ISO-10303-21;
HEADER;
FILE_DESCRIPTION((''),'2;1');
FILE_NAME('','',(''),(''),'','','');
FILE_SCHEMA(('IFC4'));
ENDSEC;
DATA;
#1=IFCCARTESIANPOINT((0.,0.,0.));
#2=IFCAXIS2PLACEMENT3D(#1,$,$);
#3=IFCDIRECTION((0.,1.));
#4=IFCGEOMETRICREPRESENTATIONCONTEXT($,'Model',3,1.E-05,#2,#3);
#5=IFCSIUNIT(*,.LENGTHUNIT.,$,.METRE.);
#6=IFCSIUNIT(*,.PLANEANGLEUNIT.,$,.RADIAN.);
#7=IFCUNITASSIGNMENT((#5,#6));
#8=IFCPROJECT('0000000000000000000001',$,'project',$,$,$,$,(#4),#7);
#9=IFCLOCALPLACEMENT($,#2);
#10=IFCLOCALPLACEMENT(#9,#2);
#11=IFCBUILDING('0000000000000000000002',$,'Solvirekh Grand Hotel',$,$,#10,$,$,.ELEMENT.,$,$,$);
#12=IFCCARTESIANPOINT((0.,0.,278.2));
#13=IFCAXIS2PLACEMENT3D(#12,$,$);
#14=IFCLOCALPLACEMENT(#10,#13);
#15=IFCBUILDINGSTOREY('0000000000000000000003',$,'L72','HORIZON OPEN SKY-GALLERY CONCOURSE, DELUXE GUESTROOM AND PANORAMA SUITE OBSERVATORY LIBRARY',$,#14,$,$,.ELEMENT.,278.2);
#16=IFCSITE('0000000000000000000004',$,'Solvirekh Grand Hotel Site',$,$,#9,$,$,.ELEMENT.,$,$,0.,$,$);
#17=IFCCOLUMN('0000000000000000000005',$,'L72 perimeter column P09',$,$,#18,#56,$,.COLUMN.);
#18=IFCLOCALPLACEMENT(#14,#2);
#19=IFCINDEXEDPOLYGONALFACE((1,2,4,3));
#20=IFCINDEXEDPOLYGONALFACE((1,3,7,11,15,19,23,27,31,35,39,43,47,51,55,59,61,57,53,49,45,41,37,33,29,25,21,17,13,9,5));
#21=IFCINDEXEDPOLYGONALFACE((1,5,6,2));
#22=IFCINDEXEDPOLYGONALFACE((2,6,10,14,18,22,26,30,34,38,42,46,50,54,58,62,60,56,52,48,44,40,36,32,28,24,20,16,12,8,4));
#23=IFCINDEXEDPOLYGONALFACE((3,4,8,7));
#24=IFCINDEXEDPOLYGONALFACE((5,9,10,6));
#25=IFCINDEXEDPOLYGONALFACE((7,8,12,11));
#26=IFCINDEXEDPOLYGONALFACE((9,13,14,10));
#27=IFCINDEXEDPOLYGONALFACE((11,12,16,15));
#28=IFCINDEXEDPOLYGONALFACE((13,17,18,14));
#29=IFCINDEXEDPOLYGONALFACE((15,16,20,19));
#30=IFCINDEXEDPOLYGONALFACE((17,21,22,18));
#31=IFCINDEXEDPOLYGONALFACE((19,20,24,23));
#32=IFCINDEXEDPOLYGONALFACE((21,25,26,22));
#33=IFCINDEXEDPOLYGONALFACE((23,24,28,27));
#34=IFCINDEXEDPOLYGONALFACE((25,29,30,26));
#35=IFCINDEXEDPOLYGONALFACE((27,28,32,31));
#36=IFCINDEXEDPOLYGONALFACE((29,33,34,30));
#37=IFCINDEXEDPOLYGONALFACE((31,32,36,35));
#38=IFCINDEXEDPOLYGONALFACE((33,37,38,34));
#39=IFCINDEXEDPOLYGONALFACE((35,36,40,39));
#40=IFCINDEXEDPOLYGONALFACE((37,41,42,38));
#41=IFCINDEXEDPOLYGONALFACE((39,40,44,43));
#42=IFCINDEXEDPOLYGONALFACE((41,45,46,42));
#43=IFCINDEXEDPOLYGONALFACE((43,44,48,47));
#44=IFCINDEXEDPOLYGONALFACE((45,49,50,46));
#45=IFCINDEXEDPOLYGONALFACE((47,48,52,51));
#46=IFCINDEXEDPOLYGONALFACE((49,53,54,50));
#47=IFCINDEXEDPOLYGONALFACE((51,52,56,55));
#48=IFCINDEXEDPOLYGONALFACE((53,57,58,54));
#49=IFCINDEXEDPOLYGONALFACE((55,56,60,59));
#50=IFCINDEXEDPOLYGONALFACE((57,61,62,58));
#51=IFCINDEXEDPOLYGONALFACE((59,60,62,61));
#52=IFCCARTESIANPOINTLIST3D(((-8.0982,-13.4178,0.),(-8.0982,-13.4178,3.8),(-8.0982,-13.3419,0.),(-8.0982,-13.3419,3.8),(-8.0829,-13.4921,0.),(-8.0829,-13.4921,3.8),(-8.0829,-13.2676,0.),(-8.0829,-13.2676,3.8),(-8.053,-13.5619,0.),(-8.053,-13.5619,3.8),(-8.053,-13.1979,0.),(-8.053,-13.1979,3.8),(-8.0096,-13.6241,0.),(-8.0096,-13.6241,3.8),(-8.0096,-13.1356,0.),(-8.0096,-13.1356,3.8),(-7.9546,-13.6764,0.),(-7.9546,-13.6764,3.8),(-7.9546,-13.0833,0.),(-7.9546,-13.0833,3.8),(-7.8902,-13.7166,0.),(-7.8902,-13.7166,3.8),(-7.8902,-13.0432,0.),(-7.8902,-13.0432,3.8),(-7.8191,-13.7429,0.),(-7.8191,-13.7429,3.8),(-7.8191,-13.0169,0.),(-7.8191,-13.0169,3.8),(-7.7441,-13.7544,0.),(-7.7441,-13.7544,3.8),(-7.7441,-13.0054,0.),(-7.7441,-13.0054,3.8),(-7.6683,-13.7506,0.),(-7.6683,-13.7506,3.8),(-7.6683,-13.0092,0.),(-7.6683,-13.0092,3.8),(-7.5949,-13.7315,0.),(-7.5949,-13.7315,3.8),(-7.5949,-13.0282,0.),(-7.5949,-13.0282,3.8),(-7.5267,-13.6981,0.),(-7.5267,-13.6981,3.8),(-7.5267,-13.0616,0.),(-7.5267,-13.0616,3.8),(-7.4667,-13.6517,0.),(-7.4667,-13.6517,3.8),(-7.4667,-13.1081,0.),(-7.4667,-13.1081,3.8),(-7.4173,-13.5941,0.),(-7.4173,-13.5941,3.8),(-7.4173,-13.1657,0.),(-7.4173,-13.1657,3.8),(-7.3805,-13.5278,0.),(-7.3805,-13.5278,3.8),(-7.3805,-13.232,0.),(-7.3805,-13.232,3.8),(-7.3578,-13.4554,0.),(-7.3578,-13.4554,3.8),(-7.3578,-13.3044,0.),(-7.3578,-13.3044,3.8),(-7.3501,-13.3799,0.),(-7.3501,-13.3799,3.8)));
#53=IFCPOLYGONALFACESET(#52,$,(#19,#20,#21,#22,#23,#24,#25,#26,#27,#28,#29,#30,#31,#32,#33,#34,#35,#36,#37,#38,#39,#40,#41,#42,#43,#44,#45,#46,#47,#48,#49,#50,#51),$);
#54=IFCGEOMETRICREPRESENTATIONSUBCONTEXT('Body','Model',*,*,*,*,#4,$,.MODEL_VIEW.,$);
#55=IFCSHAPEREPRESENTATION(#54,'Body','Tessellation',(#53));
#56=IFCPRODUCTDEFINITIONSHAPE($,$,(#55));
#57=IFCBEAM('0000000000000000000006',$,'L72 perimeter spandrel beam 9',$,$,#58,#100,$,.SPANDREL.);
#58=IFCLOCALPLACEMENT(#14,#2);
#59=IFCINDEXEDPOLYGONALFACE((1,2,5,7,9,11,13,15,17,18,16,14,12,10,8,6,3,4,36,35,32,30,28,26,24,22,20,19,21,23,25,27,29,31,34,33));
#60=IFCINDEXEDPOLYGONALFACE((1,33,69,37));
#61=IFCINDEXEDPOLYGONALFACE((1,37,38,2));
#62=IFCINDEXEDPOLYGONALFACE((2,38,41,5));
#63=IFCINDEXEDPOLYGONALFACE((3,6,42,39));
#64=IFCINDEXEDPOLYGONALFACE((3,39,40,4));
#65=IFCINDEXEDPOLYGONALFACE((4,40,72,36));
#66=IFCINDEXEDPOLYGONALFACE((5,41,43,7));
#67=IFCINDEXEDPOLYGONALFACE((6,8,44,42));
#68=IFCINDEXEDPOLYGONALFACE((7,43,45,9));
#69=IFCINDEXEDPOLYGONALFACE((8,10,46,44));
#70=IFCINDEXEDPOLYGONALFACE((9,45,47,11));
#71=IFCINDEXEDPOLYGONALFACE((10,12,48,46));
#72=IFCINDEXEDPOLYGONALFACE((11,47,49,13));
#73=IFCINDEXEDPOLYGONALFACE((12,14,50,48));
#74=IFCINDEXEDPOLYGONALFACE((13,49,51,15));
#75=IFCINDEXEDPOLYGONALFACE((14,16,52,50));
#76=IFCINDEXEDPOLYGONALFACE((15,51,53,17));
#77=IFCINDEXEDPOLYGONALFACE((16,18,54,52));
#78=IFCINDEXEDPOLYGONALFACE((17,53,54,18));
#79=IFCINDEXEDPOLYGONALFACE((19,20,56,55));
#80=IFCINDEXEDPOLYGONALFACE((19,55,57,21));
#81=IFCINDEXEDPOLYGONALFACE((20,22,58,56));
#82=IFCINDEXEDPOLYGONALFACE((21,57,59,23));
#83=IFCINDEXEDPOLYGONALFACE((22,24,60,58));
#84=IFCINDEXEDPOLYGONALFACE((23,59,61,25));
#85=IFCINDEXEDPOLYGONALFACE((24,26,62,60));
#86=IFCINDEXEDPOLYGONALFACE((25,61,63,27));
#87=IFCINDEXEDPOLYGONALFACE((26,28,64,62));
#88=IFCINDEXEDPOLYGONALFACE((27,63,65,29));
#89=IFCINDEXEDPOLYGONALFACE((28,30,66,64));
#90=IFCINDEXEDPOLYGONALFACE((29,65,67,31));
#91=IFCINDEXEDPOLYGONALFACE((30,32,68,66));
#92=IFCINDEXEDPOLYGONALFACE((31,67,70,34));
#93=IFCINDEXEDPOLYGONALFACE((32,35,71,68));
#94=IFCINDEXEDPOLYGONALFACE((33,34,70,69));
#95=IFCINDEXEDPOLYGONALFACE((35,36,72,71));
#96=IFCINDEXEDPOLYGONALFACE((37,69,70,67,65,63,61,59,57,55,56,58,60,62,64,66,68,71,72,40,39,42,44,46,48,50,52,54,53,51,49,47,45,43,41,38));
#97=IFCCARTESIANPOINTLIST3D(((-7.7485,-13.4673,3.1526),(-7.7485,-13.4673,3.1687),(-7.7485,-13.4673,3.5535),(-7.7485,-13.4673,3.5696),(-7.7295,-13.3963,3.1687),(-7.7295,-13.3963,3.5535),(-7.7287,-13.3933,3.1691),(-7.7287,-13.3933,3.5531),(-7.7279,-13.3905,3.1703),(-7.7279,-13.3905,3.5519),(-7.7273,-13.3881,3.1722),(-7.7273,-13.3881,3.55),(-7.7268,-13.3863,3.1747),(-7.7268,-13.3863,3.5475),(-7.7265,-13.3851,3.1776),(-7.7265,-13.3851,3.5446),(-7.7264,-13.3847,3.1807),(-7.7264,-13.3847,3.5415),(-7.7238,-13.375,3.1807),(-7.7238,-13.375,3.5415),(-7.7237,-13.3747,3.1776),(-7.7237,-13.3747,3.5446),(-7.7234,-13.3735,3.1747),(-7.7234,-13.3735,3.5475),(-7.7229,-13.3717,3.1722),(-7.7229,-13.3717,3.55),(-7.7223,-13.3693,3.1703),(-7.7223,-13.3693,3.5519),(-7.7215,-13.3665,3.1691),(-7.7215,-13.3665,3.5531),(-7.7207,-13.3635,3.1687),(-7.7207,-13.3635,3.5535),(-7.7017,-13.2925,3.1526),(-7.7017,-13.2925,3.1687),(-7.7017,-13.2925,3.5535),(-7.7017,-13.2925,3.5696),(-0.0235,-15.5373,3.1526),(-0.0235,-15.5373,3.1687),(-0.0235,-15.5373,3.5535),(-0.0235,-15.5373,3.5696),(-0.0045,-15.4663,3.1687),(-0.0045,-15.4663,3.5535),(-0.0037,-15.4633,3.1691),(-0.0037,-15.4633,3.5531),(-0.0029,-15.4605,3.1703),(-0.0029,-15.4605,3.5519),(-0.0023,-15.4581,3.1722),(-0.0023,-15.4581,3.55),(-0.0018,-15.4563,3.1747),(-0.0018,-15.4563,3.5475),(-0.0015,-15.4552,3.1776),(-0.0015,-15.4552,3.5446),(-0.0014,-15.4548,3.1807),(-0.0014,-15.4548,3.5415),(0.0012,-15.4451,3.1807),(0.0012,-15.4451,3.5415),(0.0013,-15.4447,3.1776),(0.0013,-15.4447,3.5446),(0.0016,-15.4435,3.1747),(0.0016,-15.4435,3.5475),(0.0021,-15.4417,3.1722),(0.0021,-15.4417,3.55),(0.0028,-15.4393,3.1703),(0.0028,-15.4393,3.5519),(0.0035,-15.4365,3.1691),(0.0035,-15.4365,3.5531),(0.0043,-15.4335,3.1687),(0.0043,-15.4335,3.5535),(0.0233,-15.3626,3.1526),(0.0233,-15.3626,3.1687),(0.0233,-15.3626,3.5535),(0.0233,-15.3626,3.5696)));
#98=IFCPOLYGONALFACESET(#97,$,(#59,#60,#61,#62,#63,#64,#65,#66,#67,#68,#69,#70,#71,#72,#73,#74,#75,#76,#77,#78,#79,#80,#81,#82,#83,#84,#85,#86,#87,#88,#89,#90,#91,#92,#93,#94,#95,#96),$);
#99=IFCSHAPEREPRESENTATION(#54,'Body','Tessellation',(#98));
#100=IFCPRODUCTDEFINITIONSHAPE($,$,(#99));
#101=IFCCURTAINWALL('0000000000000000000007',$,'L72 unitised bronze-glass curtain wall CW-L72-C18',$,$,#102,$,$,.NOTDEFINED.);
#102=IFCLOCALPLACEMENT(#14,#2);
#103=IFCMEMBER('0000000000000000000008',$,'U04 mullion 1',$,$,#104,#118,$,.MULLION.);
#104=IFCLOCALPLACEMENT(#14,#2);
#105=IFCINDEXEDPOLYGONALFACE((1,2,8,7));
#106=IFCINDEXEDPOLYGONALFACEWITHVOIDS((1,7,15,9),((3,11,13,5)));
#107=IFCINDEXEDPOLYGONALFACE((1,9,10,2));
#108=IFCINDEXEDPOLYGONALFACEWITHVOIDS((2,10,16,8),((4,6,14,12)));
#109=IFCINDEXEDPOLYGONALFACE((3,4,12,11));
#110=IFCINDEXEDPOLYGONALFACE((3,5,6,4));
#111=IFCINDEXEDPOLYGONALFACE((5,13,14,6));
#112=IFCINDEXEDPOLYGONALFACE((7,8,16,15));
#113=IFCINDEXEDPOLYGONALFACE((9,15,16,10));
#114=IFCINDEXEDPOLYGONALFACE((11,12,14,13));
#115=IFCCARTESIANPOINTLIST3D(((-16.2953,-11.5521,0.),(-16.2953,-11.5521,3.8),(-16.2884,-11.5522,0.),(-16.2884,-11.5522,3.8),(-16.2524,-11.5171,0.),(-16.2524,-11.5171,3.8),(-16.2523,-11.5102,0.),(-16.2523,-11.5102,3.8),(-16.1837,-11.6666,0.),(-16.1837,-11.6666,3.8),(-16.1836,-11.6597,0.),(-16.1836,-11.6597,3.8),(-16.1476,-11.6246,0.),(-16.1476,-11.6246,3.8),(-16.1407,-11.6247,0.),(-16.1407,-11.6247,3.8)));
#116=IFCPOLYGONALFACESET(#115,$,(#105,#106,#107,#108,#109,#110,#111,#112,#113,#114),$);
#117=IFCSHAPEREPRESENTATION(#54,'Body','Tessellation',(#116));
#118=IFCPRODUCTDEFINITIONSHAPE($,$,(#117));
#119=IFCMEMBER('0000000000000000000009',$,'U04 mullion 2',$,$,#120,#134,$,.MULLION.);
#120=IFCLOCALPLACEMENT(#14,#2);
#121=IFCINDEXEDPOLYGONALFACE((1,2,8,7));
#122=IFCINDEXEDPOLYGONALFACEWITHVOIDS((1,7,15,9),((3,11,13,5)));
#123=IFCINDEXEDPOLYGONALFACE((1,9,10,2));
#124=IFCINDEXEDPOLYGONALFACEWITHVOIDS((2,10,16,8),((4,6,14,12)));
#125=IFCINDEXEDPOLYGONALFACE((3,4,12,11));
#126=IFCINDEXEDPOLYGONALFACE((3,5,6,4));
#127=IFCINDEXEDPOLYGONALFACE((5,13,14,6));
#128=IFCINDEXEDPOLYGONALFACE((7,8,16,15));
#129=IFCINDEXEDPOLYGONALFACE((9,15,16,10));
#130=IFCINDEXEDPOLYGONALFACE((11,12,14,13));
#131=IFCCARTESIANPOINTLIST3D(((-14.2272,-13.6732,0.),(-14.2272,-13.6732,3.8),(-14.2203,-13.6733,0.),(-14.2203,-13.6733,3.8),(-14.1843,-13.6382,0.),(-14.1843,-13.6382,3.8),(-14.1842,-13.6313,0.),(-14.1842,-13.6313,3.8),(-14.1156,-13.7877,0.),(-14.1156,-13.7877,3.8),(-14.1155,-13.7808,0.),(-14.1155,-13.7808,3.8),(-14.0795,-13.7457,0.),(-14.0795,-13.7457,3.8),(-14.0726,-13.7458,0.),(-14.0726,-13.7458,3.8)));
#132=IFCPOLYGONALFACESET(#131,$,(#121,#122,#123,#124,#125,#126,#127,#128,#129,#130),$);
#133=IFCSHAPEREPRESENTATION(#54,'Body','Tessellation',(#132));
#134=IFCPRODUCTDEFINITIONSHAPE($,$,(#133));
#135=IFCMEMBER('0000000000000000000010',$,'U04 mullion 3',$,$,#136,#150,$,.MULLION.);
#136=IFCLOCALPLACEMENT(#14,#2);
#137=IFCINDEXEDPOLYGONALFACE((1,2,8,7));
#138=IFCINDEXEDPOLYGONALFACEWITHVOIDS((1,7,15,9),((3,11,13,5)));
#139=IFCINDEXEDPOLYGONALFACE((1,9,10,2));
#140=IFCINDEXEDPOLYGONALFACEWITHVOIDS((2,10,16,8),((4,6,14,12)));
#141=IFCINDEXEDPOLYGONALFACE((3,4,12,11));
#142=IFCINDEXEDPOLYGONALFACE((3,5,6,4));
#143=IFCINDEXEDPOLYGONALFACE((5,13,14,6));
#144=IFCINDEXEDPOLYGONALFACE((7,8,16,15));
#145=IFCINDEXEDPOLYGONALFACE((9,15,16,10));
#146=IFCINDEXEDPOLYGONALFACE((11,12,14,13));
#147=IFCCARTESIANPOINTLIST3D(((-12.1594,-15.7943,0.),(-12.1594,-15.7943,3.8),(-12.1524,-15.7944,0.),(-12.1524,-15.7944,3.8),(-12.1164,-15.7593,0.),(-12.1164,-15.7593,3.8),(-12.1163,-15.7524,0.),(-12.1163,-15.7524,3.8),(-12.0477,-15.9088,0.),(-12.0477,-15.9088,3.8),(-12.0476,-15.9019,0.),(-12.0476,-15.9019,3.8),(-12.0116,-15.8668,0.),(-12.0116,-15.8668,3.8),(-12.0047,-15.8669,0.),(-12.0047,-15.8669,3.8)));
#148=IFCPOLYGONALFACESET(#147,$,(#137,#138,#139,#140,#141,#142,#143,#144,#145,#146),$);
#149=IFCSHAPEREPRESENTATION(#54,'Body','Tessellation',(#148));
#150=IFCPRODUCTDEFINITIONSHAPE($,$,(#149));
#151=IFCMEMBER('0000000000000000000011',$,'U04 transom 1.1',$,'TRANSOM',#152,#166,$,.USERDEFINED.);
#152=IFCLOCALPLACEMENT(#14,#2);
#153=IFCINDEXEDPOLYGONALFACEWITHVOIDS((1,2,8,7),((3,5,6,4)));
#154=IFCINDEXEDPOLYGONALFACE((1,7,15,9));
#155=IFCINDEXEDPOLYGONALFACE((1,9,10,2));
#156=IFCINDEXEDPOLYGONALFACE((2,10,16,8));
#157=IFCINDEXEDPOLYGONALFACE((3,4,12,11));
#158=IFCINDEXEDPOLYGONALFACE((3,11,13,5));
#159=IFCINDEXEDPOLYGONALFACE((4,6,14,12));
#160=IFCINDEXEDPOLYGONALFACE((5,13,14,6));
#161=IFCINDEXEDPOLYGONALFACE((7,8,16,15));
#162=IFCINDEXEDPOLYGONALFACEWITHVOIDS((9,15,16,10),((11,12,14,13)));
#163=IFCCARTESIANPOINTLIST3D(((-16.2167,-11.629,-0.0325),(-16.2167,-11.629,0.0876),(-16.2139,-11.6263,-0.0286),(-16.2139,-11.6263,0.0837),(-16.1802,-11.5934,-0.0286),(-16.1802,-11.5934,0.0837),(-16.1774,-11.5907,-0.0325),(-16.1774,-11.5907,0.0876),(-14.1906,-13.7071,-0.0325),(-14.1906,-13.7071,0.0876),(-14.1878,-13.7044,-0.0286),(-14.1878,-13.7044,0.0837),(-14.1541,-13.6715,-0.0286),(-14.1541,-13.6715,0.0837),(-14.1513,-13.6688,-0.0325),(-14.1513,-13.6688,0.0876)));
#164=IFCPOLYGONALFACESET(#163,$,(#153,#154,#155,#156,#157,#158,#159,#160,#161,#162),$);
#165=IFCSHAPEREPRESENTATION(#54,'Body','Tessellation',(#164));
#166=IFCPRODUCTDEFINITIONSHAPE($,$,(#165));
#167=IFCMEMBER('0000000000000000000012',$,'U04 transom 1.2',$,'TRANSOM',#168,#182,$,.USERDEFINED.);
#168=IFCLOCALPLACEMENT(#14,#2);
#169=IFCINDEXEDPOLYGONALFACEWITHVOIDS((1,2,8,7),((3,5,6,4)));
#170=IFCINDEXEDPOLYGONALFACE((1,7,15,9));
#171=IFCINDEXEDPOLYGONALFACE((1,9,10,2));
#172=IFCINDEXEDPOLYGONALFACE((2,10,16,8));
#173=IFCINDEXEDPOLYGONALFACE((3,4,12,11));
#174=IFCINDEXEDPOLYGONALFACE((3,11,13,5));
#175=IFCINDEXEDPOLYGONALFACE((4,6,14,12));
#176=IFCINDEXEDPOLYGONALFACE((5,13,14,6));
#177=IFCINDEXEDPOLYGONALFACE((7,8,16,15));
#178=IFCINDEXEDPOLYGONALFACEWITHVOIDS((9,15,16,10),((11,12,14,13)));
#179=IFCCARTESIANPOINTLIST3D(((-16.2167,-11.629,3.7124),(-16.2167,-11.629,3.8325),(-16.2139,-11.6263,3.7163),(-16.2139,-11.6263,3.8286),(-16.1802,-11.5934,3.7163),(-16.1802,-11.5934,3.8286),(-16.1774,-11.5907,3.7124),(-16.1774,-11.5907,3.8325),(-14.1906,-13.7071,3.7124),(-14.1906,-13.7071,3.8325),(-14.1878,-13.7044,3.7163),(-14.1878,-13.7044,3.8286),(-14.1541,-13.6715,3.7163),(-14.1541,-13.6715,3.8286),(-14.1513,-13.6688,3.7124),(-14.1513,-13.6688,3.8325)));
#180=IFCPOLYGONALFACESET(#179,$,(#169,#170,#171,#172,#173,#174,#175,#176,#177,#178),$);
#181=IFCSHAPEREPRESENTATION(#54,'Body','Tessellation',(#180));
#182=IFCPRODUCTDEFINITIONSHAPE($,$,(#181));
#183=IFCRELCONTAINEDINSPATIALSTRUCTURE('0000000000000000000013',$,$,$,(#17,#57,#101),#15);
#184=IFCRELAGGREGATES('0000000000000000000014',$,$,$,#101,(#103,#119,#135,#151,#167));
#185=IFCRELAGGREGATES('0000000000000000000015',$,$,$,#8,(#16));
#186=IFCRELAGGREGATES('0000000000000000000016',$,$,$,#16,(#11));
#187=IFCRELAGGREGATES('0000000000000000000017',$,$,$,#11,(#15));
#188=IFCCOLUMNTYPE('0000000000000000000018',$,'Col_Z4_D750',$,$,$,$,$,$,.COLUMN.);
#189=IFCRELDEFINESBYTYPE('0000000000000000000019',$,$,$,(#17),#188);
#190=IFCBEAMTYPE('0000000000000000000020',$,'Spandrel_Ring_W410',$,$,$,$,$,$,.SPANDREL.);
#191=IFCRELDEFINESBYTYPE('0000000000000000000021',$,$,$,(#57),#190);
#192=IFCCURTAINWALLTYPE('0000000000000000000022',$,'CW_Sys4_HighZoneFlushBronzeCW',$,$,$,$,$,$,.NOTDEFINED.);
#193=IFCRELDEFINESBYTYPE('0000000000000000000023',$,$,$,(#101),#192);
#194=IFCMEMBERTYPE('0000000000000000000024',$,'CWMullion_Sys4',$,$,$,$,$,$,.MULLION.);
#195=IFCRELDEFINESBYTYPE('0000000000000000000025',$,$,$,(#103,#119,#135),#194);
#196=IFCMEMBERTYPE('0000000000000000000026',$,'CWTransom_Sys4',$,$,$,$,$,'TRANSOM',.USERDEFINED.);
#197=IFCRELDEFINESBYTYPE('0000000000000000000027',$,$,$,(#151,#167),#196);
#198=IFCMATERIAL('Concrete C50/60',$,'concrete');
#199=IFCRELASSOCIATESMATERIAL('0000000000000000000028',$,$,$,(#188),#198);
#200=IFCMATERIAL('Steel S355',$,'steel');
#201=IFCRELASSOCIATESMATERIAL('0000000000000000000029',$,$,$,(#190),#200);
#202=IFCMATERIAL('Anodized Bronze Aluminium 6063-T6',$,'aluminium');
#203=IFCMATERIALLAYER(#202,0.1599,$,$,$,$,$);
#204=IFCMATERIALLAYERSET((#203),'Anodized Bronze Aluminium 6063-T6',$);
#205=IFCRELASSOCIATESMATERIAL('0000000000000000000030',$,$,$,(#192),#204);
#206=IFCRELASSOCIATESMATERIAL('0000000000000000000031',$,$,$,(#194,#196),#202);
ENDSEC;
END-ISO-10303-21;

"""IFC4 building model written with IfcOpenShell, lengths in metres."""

from ifc_helpers import new_model, si_unit, direction, frame, origin, origin_2d, place, context, subcontext, project, spatial, hollow_rectangle, circle, i_section, extrude, source, transform, mapped, material, layer, layer_set, material_profile, profile_set, type_object, element, aggregate, save


model = new_model("IFC4")

# Units and contexts
model_context = context("Model", 3, precision=1e-05, world=origin(), true_north=direction((0.0, 1.0)))
body_context = subcontext(model_context, "Body", "Model", "MODEL_VIEW")
ifc_project = project(units=[si_unit("LENGTHUNIT", "METRE"), si_unit("PLANEANGLEUNIT", "RADIAN")], contexts=[model_context])

# Site, building, storey
site_placement = place(None, origin())
site = spatial("IfcSite", under=ifc_project, at=site_placement, Name="Solvirekh Grand Hotel Site", CompositionType="ELEMENT", RefElevation=0.0)
building_placement = place(site_placement, origin())
building = spatial("IfcBuilding", under=site, at=building_placement, Name="Solvirekh Grand Hotel", CompositionType="ELEMENT")
storey_placement = place(building_placement, frame((0.0, 0.0, 278.2)))
storey = spatial("IfcBuildingStorey", under=building, at=storey_placement, Name="L72", Description="HORIZON OPEN SKY-GALLERY CONCOURSE, DELUXE GUESTROOM AND PANORAMA SUITE OBSERVATORY LIBRARY", CompositionType="ELEMENT", Elevation=278.2)

# Column
ifc_material_1 = material(Name="Concrete C50/60", Category="concrete")
ifc_material_profile_1 = material_profile(ifc_material_1, circle(Radius=0.375, at=origin_2d()), Name="RC CIRC D750")
ifc_profile_set_1 = profile_set([ifc_material_profile_1], Name="Concrete C50/60")
column_type = type_object("IfcColumnType", Name="Col_Z4_D750", PredefinedType="COLUMN", material=ifc_profile_set_1)
column_placement = place(storey_placement, frame((-7.7251, -13.3799, 0.0), z_axis=(0.0, 0.0, 1.0), x_axis=(1.0, 0.0, 0.0)))
element("IfcColumn", 1, at=column_placement, inside=storey, type_object=column_type, Name="L72 perimeter column P09", PredefinedType="COLUMN", context=body_context, shape_type="SweptSolid", body=[
    extrude(circle(Radius=0.375, at=origin_2d()), origin(), (0.0, 0.0, 1.0), 3.8),
])

# Beam
ifc_material_2 = material(Name="Steel S355", Category="steel")
ifc_material_profile_2 = material_profile(ifc_material_2, i_section(OverallWidth=0.1809, OverallDepth=0.417, WebThickness=0.01, FlangeThickness=0.0161, FilletRadius=0.012, at=origin_2d()), Name="W410X85")
ifc_profile_set_2 = profile_set([ifc_material_profile_2], Name="Steel S355")
beam_type = type_object("IfcBeamType", Name="Spandrel_Ring_W410", PredefinedType="SPANDREL", material=ifc_profile_set_2)
beam_placement = place(storey_placement, frame((-7.7251, -13.3799, 3.3611), z_axis=(0.965922, -0.258835, 0.0), x_axis=(0.258835, 0.965922, 0.0)))
element("IfcBeam", 2, at=beam_placement, inside=storey, type_object=beam_type, Name="L72 perimeter spandrel beam 9", PredefinedType="SPANDREL", context=body_context, shape_type="SweptSolid", body=[
    extrude(i_section(OverallWidth=0.1809, OverallDepth=0.417, WebThickness=0.01, FlangeThickness=0.0161, FilletRadius=0.012, at=origin_2d()), origin(), (0.0, 0.0, 1.0), 7.9976),
])

# Curtain wall, members
ifc_material_3 = material(Name="Anodized Bronze Aluminium 6063-T6", Category="aluminium")
ifc_layer_1 = layer(ifc_material_3, 0.1599)
ifc_layer_set_1 = layer_set([ifc_layer_1], Name="Anodized Bronze Aluminium 6063-T6")
curtain_wall_type = type_object("IfcCurtainWallType", Name="CW_Sys4_HighZoneFlushBronzeCW", PredefinedType="NOTDEFINED", material=ifc_layer_set_1)
curtain_wall_placement = place(storey_placement, origin())
curtain_wall = element("IfcCurtainWall", 3, at=curtain_wall_placement, inside=storey, type_object=curtain_wall_type, Name="L72 unitised bronze-glass curtain wall CW-L72-C18", PredefinedType="NOTDEFINED")
ifc_material_profile_3 = material_profile(ifc_material_3, hollow_rectangle(XDim=0.0601, YDim=0.1599, WallThickness=0.0049, at=origin_2d()), Name="ALU RHS 160X60X5")
ifc_profile_set_3 = profile_set([ifc_material_profile_3], Name="Anodized Bronze Aluminium 6063-T6")
member_type_1 = type_object("IfcMemberType", Name="CWMullion_Sys4", PredefinedType="MULLION", material=ifc_profile_set_3)
shared_shape_1 = source(origin(), body_context, "Body", "SweptSolid", [
    extrude(hollow_rectangle(XDim=0.0601, YDim=0.1599, WallThickness=0.0049, at=origin_2d()), origin(), (0.0, 0.0, 1.0), 3.8),
])
member_1_placement = place(storey_placement, frame((-16.218, -11.5884, 0.0), z_axis=(0.0, 0.0, 1.0), x_axis=(0.71599, 0.698111, 0.0)))
member_1 = element("IfcMember", 4, at=member_1_placement, type_object=member_type_1, Name="U04 mullion 1", PredefinedType="MULLION", context=body_context, shape_type="MappedRepresentation", body=[
    mapped(shared_shape_1, transform((0.0, 0.0, 0.0), x_axis=(1.0, 0.0, 0.0), y_axis=(0.0, 1.0, 0.0), z_axis=(0.0, 0.0, 1.0), scale=1.0)),
])
member_2_placement = place(storey_placement, frame((-14.1499, -13.7095, 0.0), z_axis=(0.0, 0.0, 1.0), x_axis=(0.71599, 0.698111, 0.0)))
member_2 = element("IfcMember", 5, at=member_2_placement, type_object=member_type_1, Name="U04 mullion 2", PredefinedType="MULLION", context=body_context, shape_type="MappedRepresentation", body=[
    mapped(shared_shape_1, transform((0.0, 0.0, 0.0), x_axis=(1.0, 0.0, 0.0), y_axis=(0.0, 1.0, 0.0), z_axis=(0.0, 0.0, 1.0), scale=1.0)),
])
member_3_placement = place(storey_placement, frame((-12.082, -15.8306, 0.0), z_axis=(0.0, 0.0, 1.0), x_axis=(0.71599, 0.698111, 0.0)))
member_3 = element("IfcMember", 6, at=member_3_placement, type_object=member_type_1, Name="U04 mullion 3", PredefinedType="MULLION", context=body_context, shape_type="MappedRepresentation", body=[
    mapped(shared_shape_1, transform((0.0, 0.0, 0.0), x_axis=(1.0, 0.0, 0.0), y_axis=(0.0, 1.0, 0.0), z_axis=(0.0, 0.0, 1.0), scale=1.0)),
])
ifc_material_profile_4 = material_profile(ifc_material_3, hollow_rectangle(XDim=0.0549, YDim=0.1201, WallThickness=0.0039, at=origin_2d()), Name="ALU RHS 120X55X4")
ifc_profile_set_4 = profile_set([ifc_material_profile_4], Name="Anodized Bronze Aluminium 6063-T6")
member_type_2 = type_object("IfcMemberType", Name="CWTransom_Sys4", ElementType="TRANSOM", PredefinedType="USERDEFINED", material=ifc_profile_set_4)
shared_shape_2 = source(origin(), body_context, "Body", "SweptSolid", [
    extrude(hollow_rectangle(XDim=0.0549, YDim=0.1201, WallThickness=0.0039, at=origin_2d()), origin(), (0.0, 0.0, 1.0), 2.9023),
])
member_4_placement = place(storey_placement, frame((-16.197, -11.6099, 0.0276), z_axis=(0.698092, -0.716009, 0.0), x_axis=(0.716009, 0.698092, 0.0)))
member_4 = element("IfcMember", 7, at=member_4_placement, type_object=member_type_2, Name="U04 transom 1.1", ObjectType="TRANSOM", PredefinedType="USERDEFINED", context=body_context, shape_type="MappedRepresentation", body=[
    mapped(shared_shape_2, transform((0.0, 0.0, 0.0), x_axis=(1.0, 0.0, 0.0), y_axis=(0.0, 1.0, 0.0), z_axis=(0.0, 0.0, 1.0), scale=1.0)),
])
member_5_placement = place(storey_placement, frame((-16.197, -11.6099, 3.7725), z_axis=(0.698092, -0.716009, 0.0), x_axis=(0.716009, 0.698092, 0.0)))
member_5 = element("IfcMember", 8, at=member_5_placement, type_object=member_type_2, Name="U04 transom 1.2", ObjectType="TRANSOM", PredefinedType="USERDEFINED", context=body_context, shape_type="MappedRepresentation", body=[
    mapped(shared_shape_2, transform((0.0, 0.0, 0.0), x_axis=(1.0, 0.0, 0.0), y_axis=(0.0, 1.0, 0.0), z_axis=(0.0, 0.0, 1.0), scale=1.0)),
])
aggregate(curtain_wall, [member_1, member_2, member_3, member_4, member_5])

save(model, "model.ifc")
